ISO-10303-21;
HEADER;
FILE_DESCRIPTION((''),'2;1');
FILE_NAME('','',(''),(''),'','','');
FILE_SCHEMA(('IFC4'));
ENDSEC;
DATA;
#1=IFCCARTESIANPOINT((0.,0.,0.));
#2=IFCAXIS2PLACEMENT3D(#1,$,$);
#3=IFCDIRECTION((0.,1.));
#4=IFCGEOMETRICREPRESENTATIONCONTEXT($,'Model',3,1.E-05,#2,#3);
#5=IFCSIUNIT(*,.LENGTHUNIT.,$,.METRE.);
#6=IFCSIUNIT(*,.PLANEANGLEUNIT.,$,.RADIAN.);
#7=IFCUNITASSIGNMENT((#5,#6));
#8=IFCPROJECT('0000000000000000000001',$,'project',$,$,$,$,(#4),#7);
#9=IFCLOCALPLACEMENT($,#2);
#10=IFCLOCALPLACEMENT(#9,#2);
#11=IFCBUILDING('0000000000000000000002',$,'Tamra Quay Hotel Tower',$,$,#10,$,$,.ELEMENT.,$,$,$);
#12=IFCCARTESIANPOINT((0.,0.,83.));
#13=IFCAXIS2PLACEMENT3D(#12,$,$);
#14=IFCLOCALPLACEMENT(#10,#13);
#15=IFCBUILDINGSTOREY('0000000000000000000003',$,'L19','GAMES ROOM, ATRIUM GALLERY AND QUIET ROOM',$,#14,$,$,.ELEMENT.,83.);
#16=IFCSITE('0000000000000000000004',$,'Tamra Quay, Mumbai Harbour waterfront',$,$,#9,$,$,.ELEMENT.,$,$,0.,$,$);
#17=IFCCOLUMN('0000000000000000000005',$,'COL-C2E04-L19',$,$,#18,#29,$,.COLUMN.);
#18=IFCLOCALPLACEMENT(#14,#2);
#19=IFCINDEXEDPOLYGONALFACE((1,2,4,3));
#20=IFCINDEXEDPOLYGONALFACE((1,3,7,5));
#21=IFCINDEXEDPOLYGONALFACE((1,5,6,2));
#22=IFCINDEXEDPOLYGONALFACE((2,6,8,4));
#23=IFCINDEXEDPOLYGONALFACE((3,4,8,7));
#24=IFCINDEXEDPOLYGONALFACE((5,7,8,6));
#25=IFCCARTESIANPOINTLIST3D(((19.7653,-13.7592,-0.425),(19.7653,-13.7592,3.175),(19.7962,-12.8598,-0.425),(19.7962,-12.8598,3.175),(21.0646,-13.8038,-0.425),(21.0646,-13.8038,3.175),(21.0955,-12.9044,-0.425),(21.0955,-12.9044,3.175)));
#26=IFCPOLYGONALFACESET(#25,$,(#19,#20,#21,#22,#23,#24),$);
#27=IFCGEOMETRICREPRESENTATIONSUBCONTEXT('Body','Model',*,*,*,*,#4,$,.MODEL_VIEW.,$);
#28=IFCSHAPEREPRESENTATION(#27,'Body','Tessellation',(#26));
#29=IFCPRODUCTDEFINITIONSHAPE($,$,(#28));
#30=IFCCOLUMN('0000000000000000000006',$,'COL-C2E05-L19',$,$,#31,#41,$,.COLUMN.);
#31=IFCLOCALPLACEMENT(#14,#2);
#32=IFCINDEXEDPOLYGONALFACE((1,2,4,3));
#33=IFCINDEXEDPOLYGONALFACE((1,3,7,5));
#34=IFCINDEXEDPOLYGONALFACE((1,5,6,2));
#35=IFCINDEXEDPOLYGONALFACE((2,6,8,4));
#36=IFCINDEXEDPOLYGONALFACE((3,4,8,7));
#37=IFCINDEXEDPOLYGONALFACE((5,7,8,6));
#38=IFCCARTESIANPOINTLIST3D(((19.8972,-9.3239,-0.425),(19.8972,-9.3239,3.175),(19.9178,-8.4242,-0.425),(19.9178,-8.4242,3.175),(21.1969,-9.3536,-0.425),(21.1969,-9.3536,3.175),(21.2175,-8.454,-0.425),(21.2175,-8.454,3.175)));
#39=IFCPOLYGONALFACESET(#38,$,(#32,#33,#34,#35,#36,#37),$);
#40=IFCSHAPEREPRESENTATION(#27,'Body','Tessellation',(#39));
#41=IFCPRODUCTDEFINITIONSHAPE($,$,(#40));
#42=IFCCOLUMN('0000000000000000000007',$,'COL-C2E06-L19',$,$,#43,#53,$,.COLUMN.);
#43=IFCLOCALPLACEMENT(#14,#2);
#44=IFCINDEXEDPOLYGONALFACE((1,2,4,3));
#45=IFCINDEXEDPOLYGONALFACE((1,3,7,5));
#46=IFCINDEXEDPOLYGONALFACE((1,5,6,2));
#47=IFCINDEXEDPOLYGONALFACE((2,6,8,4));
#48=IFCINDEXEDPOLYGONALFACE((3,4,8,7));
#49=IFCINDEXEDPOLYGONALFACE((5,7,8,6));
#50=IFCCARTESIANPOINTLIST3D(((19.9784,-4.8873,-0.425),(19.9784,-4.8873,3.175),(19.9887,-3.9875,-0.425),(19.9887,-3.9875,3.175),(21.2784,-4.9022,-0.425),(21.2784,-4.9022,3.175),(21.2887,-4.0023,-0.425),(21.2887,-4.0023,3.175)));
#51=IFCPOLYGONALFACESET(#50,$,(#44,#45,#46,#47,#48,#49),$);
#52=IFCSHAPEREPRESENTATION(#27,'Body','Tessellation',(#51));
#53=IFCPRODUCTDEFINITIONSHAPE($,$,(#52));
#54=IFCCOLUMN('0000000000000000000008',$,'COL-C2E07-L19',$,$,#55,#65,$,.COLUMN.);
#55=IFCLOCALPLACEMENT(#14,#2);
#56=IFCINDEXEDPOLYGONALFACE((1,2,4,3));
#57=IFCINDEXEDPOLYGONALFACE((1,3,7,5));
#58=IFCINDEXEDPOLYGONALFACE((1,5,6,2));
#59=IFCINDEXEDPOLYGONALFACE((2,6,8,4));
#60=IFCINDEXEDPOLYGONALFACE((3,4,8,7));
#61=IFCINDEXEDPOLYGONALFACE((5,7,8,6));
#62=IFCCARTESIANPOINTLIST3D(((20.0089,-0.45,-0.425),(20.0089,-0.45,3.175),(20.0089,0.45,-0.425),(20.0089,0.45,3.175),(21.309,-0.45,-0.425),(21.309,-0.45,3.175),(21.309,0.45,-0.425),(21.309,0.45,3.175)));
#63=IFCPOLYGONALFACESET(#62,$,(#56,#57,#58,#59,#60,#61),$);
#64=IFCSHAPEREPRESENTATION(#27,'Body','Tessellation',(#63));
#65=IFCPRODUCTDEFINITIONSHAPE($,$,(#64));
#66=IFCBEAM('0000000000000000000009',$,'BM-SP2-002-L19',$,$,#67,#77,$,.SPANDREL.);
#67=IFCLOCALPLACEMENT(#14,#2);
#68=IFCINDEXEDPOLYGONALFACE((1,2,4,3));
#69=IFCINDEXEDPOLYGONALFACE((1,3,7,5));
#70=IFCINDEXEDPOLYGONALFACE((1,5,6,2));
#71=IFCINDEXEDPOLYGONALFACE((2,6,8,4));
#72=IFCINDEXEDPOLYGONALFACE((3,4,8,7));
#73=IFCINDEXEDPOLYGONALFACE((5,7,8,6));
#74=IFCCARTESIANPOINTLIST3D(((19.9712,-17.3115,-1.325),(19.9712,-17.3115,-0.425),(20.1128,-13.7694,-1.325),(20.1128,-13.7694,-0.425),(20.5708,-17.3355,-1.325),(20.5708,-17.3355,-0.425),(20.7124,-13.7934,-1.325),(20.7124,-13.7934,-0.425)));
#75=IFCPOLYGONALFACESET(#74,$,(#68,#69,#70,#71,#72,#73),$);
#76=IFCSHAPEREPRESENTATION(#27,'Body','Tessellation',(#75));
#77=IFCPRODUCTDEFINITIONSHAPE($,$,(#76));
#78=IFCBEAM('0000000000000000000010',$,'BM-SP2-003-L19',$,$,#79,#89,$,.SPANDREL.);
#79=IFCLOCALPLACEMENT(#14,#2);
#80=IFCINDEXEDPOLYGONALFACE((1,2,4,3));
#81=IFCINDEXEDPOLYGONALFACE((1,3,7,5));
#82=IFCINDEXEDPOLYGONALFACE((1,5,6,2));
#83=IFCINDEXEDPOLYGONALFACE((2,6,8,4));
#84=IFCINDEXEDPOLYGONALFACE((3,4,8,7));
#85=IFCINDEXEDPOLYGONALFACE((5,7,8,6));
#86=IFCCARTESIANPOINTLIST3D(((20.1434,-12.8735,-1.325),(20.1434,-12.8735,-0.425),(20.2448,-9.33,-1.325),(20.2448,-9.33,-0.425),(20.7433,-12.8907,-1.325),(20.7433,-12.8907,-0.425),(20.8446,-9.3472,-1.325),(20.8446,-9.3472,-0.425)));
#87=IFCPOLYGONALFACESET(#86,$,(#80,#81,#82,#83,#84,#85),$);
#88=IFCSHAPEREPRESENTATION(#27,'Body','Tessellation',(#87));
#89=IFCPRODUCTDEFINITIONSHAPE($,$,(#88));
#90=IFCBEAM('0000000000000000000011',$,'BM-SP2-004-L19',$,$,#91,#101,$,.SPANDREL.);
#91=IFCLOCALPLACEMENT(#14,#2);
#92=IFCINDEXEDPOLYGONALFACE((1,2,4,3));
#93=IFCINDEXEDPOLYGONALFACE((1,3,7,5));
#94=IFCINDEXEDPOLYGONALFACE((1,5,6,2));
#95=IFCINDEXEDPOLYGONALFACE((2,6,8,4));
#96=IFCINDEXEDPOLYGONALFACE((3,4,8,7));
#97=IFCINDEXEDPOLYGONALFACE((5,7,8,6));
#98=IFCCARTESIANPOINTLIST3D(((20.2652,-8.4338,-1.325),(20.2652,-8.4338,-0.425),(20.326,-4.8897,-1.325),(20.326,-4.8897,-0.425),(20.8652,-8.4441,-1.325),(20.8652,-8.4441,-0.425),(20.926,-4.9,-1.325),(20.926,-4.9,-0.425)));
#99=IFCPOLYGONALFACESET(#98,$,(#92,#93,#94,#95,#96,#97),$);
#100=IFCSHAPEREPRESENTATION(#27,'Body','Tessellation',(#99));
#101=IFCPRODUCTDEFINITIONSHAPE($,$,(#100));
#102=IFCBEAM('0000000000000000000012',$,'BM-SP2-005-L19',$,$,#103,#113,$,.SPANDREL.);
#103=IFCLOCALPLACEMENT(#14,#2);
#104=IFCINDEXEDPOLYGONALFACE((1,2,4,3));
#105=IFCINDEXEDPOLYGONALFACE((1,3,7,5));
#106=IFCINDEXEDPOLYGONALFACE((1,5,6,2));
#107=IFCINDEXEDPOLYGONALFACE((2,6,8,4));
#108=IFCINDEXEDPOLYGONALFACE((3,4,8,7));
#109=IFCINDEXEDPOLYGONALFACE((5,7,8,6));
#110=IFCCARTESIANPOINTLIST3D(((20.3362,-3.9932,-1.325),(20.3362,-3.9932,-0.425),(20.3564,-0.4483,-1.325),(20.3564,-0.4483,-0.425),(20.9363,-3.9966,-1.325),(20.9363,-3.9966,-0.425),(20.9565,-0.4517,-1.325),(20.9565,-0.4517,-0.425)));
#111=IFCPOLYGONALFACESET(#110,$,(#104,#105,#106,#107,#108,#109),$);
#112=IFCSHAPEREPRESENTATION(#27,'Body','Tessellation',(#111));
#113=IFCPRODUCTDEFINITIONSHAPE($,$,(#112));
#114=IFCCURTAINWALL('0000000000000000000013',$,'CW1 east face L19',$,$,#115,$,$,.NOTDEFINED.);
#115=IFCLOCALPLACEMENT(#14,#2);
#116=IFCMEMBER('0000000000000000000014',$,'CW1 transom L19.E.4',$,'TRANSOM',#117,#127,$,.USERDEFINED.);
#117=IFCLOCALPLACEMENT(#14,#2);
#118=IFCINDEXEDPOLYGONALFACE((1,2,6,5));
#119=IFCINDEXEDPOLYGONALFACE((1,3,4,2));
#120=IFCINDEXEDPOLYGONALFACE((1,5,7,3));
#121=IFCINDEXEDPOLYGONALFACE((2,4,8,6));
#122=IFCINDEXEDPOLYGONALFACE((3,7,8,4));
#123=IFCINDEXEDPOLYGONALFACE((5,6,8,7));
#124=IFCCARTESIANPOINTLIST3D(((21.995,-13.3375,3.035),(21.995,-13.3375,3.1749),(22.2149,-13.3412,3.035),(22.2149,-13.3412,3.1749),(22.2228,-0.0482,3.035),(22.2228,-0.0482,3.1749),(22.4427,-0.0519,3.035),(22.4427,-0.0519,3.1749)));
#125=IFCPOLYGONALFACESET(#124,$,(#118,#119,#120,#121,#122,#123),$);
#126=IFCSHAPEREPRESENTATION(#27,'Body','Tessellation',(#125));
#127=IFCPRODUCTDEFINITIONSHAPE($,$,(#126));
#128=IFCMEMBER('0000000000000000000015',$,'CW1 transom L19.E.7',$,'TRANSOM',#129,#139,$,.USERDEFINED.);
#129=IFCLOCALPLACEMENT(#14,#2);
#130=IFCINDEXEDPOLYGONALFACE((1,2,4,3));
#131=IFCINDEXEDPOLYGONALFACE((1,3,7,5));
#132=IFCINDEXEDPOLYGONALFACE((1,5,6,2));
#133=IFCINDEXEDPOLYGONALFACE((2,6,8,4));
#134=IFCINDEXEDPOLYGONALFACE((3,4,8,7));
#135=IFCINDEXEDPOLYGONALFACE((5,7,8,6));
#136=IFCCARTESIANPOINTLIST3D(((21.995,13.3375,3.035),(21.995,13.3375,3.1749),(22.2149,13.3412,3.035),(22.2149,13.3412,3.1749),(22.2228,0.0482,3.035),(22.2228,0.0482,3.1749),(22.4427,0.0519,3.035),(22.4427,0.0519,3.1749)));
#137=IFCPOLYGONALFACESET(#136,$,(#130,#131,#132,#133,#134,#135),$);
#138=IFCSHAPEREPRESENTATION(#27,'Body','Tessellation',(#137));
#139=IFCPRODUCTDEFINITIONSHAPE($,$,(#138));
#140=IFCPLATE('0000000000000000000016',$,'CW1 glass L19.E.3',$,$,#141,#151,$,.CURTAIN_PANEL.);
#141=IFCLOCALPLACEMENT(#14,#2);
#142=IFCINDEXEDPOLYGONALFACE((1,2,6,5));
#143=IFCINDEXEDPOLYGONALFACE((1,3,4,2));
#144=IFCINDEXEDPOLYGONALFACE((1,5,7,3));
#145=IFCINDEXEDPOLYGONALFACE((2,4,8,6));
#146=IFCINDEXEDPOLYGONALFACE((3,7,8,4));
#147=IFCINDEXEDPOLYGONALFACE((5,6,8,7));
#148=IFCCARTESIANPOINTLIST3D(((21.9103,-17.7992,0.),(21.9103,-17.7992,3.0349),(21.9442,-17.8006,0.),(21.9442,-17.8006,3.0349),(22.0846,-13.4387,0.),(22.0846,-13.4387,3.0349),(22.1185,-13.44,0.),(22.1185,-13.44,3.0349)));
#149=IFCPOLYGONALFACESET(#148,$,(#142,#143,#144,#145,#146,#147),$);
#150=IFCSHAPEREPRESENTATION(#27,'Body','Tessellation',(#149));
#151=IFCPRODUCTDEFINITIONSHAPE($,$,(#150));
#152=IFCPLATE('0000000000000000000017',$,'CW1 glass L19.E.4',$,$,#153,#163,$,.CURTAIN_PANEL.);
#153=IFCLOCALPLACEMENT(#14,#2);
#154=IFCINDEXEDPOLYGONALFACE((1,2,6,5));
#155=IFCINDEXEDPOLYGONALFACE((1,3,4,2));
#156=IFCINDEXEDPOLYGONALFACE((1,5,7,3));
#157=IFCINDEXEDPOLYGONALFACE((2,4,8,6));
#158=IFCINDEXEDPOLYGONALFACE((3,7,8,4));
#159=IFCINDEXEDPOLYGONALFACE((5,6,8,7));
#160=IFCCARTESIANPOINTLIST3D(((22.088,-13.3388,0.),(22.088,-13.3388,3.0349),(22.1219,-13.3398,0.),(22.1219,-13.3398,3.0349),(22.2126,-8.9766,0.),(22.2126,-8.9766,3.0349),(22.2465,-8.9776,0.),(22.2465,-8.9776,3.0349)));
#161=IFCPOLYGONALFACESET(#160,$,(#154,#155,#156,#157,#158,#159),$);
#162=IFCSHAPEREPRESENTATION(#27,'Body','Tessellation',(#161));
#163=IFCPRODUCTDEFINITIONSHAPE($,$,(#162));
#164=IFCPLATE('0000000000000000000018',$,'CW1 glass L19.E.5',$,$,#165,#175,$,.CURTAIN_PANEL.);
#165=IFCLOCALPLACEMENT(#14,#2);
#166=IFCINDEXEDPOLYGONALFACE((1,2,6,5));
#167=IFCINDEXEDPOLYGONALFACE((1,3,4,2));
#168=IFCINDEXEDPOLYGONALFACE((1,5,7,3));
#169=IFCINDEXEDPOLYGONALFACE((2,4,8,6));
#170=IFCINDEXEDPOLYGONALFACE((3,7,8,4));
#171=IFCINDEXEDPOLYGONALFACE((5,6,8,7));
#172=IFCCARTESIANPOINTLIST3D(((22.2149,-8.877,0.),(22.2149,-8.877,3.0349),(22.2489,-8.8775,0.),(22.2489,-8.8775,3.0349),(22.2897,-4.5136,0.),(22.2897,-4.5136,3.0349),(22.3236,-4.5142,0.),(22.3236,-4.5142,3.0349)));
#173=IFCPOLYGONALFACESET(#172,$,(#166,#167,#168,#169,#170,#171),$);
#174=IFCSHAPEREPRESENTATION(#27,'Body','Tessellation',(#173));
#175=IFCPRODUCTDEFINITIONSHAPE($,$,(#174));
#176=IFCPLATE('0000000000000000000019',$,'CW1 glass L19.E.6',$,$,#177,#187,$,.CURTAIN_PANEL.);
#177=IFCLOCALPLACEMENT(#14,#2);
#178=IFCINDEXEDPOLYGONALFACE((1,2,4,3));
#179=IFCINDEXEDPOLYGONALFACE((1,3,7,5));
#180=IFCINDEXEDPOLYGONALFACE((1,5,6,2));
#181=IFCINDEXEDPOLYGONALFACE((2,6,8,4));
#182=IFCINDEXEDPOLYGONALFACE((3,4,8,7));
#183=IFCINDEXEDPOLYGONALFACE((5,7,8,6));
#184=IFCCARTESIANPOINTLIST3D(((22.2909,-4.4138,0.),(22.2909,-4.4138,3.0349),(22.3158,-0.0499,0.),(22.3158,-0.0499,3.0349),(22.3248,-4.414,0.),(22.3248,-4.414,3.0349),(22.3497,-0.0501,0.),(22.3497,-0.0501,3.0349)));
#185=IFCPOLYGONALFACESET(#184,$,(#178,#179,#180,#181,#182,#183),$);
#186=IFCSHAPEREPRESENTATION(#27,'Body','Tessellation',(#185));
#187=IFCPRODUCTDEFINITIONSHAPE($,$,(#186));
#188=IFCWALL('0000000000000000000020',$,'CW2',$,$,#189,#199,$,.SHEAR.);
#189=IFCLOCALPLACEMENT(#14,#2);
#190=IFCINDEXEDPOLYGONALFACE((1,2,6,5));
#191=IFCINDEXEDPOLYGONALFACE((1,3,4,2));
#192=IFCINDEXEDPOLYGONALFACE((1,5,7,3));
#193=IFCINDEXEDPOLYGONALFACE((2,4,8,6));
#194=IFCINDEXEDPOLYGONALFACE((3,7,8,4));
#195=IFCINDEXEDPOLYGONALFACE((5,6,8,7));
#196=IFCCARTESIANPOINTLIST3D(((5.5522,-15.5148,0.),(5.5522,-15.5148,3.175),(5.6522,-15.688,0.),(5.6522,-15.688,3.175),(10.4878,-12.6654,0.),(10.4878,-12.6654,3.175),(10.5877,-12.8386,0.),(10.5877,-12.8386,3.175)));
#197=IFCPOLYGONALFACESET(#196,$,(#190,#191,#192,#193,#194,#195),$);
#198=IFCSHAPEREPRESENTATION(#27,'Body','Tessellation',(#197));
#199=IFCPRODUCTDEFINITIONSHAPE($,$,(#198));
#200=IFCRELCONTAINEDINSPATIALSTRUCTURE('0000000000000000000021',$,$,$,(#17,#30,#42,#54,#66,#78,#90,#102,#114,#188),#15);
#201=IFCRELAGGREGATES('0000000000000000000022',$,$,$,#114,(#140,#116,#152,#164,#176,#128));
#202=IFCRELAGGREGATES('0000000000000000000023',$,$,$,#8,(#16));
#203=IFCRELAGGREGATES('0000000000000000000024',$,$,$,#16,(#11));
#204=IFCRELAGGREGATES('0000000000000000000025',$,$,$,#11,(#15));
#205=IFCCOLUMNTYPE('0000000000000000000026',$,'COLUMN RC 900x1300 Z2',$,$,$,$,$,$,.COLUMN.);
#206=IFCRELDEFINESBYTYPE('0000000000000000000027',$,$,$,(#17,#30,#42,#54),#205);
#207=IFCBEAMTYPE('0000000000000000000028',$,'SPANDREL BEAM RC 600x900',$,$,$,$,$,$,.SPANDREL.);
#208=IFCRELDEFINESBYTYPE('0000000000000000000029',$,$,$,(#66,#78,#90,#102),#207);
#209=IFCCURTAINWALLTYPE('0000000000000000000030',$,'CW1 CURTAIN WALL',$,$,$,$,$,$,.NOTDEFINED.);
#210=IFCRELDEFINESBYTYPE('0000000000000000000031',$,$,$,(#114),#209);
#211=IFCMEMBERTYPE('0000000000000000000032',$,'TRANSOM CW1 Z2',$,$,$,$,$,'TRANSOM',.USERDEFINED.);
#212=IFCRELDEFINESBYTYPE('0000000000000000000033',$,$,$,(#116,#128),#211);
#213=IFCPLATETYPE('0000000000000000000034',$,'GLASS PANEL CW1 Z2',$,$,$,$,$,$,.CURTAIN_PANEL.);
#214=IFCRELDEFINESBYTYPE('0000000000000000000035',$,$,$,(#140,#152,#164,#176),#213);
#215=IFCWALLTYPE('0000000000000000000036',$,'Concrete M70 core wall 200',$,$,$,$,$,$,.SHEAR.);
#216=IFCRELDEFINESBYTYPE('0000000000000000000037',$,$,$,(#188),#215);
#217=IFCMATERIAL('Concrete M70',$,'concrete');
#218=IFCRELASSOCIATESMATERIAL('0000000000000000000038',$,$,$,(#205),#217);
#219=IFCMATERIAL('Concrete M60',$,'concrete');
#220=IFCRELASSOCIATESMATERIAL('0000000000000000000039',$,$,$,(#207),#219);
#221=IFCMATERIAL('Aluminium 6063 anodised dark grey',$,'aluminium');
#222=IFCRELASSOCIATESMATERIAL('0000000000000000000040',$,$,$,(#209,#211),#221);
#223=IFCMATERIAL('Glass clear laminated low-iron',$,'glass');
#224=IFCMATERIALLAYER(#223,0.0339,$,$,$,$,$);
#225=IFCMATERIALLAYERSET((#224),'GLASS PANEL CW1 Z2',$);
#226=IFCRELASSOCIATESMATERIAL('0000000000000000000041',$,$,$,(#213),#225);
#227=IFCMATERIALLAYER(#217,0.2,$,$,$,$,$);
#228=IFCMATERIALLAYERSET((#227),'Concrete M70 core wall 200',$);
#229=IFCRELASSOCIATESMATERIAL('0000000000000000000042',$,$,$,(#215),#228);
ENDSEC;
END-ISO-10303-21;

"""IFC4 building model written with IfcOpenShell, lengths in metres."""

from ifc_helpers import new_model, si_unit, direction, frame, frame_2d, origin, origin_2d, place, context, subcontext, project, spatial, rectangle, extrude, material, layer, layer_set, material_profile, profile_set, type_object, element, aggregate, save


model = new_model("IFC4")

# Units and contexts
model_context = context("Model", 3, precision=1e-05, world=origin(), true_north=direction((0.0, 1.0)))
body_context = subcontext(model_context, "Body", "Model", "MODEL_VIEW")
ifc_project = project(units=[si_unit("LENGTHUNIT", "METRE"), si_unit("PLANEANGLEUNIT", "RADIAN")], contexts=[model_context])

# Site, building, storey
site_placement = place(None, origin())
site = spatial("IfcSite", under=ifc_project, at=site_placement, Name="Tamra Quay, Mumbai Harbour waterfront", CompositionType="ELEMENT", RefElevation=0.0)
building_placement = place(site_placement, origin())
building = spatial("IfcBuilding", under=site, at=building_placement, Name="Tamra Quay Hotel Tower", CompositionType="ELEMENT")
storey_placement = place(building_placement, frame((0.0, 0.0, 83.0)))
storey = spatial("IfcBuildingStorey", under=building, at=storey_placement, Name="L19", Description="GAMES ROOM, ATRIUM GALLERY AND QUIET ROOM", CompositionType="ELEMENT", Elevation=83.0)

# Columns
ifc_material_1 = material(Name="Concrete M70", Category="concrete")
ifc_material_profile_1 = material_profile(ifc_material_1, rectangle(XDim=1.3, YDim=0.8999, at=origin_2d()), Name="COLUMN RC 900x1300 Z2")
ifc_profile_set_1 = profile_set([ifc_material_profile_1], Name="Concrete M70")
column_type = type_object("IfcColumnType", Name="COLUMN RC 900x1300 Z2", PredefinedType="COLUMN", material=ifc_profile_set_1)
for number, where, z_axis, x_axis, name in (
    (1, (20.4304, -13.3318, -0.425), (0.0, 0.0, 1.0), (-0.999412, 0.034299, 0.0), "COL-C2E04-L19"),
    (2, (20.5574, -8.8889, -0.425), (0.0, 0.0, 1.0), (-0.999738, 0.022874, 0.0), "COL-C2E05-L19"),
    (3, (20.6335, -4.4448, -0.425), (0.0, 0.0, 1.0), (-0.999935, 0.011439, 0.0), "COL-C2E06-L19"),
    (4, (20.6589, 0.0, -0.425), (0.0, 0.0, 1.0), (1.0, 0.0, 0.0), "COL-C2E07-L19"),
):
    element("IfcColumn", number, at=place(storey_placement, frame(where, z_axis=z_axis, x_axis=x_axis)), inside=storey, type_object=column_type, Name=name, PredefinedType="COLUMN", context=body_context, shape_type="SweptSolid", body=[
        extrude(rectangle(XDim=1.3, YDim=0.8999, at=origin_2d()), origin(), (0.0, 0.0, 1.0), 3.6001),
    ])

# Beams
ifc_material_2 = material(Name="Concrete M60", Category="concrete")
ifc_material_profile_2 = material_profile(ifc_material_2, rectangle(XDim=0.6001, YDim=0.8999, at=origin_2d()), Name="SPANDREL BEAM RC 600x900")
ifc_profile_set_2 = profile_set([ifc_material_profile_2], Name="Concrete M60")
beam_type = type_object("IfcBeamType", Name="SPANDREL BEAM RC 600x900", PredefinedType="SPANDREL", material=ifc_profile_set_2)
for number, where, z_axis, x_axis, name in (
    (5, (20.271, -17.3235, -0.875), (0.039946, 0.999202, 0.0), (-0.999202, 0.039946, 0.0), "BM-SP2-002-L19"),
    (6, (20.4434, -12.8821, -0.875), (0.028581, 0.999591, 0.0), (-0.999591, 0.028581, 0.0), "BM-SP2-003-L19"),
):
    element("IfcBeam", number, at=place(storey_placement, frame(where, z_axis=z_axis, x_axis=x_axis)), inside=storey, type_object=beam_type, Name=name, PredefinedType="SPANDREL", context=body_context, shape_type="SweptSolid", body=[
        extrude(rectangle(XDim=0.6001, YDim=0.8999, at=origin_2d()), origin(), (0.0, 0.0, 1.0), 3.5449),
    ])
beam_1_placement = place(storey_placement, frame((20.5652, -8.439, -0.875), z_axis=(0.01715, 0.999853, 0.0), x_axis=(-0.999853, 0.01715, 0.0)))
element("IfcBeam", 7, at=beam_1_placement, inside=storey, type_object=beam_type, Name="BM-SP2-004-L19", PredefinedType="SPANDREL", context=body_context, shape_type="SweptSolid", body=[
    extrude(rectangle(XDim=0.6001, YDim=0.8999, at=origin_2d()), origin(), (0.0, 0.0, 1.0), 3.5447),
])
beam_2_placement = place(storey_placement, frame((20.6362, -3.9949, -0.875), z_axis=(0.005716, 0.999984, 0.0), x_axis=(-0.999984, 0.005716, 0.0)))
element("IfcBeam", 8, at=beam_2_placement, inside=storey, type_object=beam_type, Name="BM-SP2-005-L19", PredefinedType="SPANDREL", context=body_context, shape_type="SweptSolid", body=[
    extrude(rectangle(XDim=0.6001, YDim=0.8999, at=origin_2d()), origin(), (0.0, 0.0, 1.0), 3.5449),
])

# Curtain wall, members, plates
ifc_material_3 = material(Name="Aluminium 6063 anodised dark grey", Category="aluminium")
curtain_wall_type = type_object("IfcCurtainWallType", Name="CW1 CURTAIN WALL", PredefinedType="NOTDEFINED", material=ifc_material_3)
curtain_wall_placement = place(storey_placement, origin())
curtain_wall = element("IfcCurtainWall", 9, at=curtain_wall_placement, inside=storey, type_object=curtain_wall_type, Name="CW1 east face L19", PredefinedType="NOTDEFINED")
ifc_material_profile_3 = material_profile(ifc_material_3, rectangle(XDim=0.22, YDim=0.1399, at=origin_2d()), Name="TRANSOM 220X140")
ifc_profile_set_3 = profile_set([ifc_material_profile_3], Name="Aluminium 6063 anodised dark grey")
member_type = type_object("IfcMemberType", Name="TRANSOM CW1 Z2", ElementType="TRANSOM", PredefinedType="USERDEFINED", material=ifc_profile_set_3)
member_1_placement = place(storey_placement, frame((22.105, -13.3394, 3.105), z_axis=(0.017138, 0.999853, 0.0), x_axis=(-0.999853, 0.017138, 0.0)))
member_1 = element("IfcMember", 10, at=member_1_placement, type_object=member_type, Name="CW1 transom L19.E.4", ObjectType="TRANSOM", PredefinedType="USERDEFINED", context=body_context, shape_type="SweptSolid", body=[
    extrude(rectangle(XDim=0.22, YDim=0.1399, at=origin_2d()), origin(), (0.0, 0.0, 1.0), 13.2913),
])
member_2_placement = place(storey_placement, frame((22.3328, 0.05, 3.105), z_axis=(-0.017138, 0.999853, 0.0), x_axis=(-0.999853, -0.017138, 0.0)))
member_2 = element("IfcMember", 11, at=member_2_placement, type_object=member_type, Name="CW1 transom L19.E.7", ObjectType="TRANSOM", PredefinedType="USERDEFINED", context=body_context, shape_type="SweptSolid", body=[
    extrude(rectangle(XDim=0.22, YDim=0.1399, at=origin_2d()), origin(), (0.0, 0.0, 1.0), 13.2913),
])
ifc_material_4 = material(Name="Glass clear laminated low-iron", Category="glass")
ifc_layer_1 = layer(ifc_material_4, 0.0339)
ifc_layer_set_1 = layer_set([ifc_layer_1], Name="GLASS PANEL CW1 Z2")
plate_type = type_object("IfcPlateType", Name="GLASS PANEL CW1 Z2", PredefinedType="CURTAIN_PANEL", material=ifc_layer_set_1)
plate_1_placement = place(storey_placement, frame((22.0144, -15.6196, 0.0), z_axis=(0.0, 0.0, 1.0), x_axis=(0.039944, 0.999202, 0.0)))
plate_1 = element("IfcPlate", 12, at=plate_1_placement, type_object=plate_type, Name="CW1 glass L19.E.3", PredefinedType="CURTAIN_PANEL", context=body_context, shape_type="SweptSolid", body=[
    extrude(rectangle(XDim=4.364, YDim=0.0339, at=origin_2d()), origin(), (0.0, 0.0, 1.0), 3.0349),
])
plate_2_placement = place(storey_placement, frame((22.1672, -11.1582, 0.0), z_axis=(0.0, 0.0, 1.0), x_axis=(0.028546, 0.999592, 0.0)))
plate_2 = element("IfcPlate", 13, at=plate_2_placement, type_object=plate_type, Name="CW1 glass L19.E.4", PredefinedType="CURTAIN_PANEL", context=body_context, shape_type="SweptSolid", body=[
    extrude(rectangle(XDim=4.364, YDim=0.0339, at=origin_2d()), origin(), (0.0, 0.0, 1.0), 3.0349),
])
plate_3_placement = place(storey_placement, frame((22.2693, -6.6956, 0.0), z_axis=(0.0, 0.0, 1.0), x_axis=(0.017134, 0.999853, 0.0)))
plate_3 = element("IfcPlate", 14, at=plate_3_placement, type_object=plate_type, Name="CW1 glass L19.E.5", PredefinedType="CURTAIN_PANEL", context=body_context, shape_type="SweptSolid", body=[
    extrude(rectangle(XDim=4.364, YDim=0.0339, at=origin_2d()), origin(), (0.0, 0.0, 1.0), 3.0349),
])
plate_4_placement = place(storey_placement, frame((22.3203, -2.2319, 0.0), z_axis=(0.0, 0.0, 1.0), x_axis=(0.005713, 0.999984, 0.0)))
plate_4 = element("IfcPlate", 15, at=plate_4_placement, type_object=plate_type, Name="CW1 glass L19.E.6", PredefinedType="CURTAIN_PANEL", context=body_context, shape_type="SweptSolid", body=[
    extrude(rectangle(XDim=4.364, YDim=0.0339, at=origin_2d()), origin(), (0.0, 0.0, 1.0), 3.0349),
])
aggregate(curtain_wall, [plate_1, member_1, plate_2, plate_3, plate_4, member_2])

# Wall
ifc_layer_2 = layer(ifc_material_1, 0.2)
ifc_layer_set_2 = layer_set([ifc_layer_2], Name="Concrete M70 core wall 200")
wall_type_1 = type_object("IfcWallType", Name="Concrete M70 core wall 200", PredefinedType="SHEAR", material=ifc_layer_set_2)
wall_1_placement = place(storey_placement, frame((10.5378, -12.752, 0.0), z_axis=(0.0, 0.0, 1.0), x_axis=(-0.866039, -0.499977, 0.0)))
element("IfcWall", 16, at=wall_1_placement, inside=storey, type_object=wall_type_1, Name="CW2", PredefinedType="SHEAR", context=body_context, shape_type="SweptSolid", body=[
    extrude(rectangle(XDim=5.699, YDim=0.2, at=frame_2d((2.8496, 0.0))), origin(), (0.0, 0.0, 1.0), 3.175),
])

save(model, "model.ifc")
